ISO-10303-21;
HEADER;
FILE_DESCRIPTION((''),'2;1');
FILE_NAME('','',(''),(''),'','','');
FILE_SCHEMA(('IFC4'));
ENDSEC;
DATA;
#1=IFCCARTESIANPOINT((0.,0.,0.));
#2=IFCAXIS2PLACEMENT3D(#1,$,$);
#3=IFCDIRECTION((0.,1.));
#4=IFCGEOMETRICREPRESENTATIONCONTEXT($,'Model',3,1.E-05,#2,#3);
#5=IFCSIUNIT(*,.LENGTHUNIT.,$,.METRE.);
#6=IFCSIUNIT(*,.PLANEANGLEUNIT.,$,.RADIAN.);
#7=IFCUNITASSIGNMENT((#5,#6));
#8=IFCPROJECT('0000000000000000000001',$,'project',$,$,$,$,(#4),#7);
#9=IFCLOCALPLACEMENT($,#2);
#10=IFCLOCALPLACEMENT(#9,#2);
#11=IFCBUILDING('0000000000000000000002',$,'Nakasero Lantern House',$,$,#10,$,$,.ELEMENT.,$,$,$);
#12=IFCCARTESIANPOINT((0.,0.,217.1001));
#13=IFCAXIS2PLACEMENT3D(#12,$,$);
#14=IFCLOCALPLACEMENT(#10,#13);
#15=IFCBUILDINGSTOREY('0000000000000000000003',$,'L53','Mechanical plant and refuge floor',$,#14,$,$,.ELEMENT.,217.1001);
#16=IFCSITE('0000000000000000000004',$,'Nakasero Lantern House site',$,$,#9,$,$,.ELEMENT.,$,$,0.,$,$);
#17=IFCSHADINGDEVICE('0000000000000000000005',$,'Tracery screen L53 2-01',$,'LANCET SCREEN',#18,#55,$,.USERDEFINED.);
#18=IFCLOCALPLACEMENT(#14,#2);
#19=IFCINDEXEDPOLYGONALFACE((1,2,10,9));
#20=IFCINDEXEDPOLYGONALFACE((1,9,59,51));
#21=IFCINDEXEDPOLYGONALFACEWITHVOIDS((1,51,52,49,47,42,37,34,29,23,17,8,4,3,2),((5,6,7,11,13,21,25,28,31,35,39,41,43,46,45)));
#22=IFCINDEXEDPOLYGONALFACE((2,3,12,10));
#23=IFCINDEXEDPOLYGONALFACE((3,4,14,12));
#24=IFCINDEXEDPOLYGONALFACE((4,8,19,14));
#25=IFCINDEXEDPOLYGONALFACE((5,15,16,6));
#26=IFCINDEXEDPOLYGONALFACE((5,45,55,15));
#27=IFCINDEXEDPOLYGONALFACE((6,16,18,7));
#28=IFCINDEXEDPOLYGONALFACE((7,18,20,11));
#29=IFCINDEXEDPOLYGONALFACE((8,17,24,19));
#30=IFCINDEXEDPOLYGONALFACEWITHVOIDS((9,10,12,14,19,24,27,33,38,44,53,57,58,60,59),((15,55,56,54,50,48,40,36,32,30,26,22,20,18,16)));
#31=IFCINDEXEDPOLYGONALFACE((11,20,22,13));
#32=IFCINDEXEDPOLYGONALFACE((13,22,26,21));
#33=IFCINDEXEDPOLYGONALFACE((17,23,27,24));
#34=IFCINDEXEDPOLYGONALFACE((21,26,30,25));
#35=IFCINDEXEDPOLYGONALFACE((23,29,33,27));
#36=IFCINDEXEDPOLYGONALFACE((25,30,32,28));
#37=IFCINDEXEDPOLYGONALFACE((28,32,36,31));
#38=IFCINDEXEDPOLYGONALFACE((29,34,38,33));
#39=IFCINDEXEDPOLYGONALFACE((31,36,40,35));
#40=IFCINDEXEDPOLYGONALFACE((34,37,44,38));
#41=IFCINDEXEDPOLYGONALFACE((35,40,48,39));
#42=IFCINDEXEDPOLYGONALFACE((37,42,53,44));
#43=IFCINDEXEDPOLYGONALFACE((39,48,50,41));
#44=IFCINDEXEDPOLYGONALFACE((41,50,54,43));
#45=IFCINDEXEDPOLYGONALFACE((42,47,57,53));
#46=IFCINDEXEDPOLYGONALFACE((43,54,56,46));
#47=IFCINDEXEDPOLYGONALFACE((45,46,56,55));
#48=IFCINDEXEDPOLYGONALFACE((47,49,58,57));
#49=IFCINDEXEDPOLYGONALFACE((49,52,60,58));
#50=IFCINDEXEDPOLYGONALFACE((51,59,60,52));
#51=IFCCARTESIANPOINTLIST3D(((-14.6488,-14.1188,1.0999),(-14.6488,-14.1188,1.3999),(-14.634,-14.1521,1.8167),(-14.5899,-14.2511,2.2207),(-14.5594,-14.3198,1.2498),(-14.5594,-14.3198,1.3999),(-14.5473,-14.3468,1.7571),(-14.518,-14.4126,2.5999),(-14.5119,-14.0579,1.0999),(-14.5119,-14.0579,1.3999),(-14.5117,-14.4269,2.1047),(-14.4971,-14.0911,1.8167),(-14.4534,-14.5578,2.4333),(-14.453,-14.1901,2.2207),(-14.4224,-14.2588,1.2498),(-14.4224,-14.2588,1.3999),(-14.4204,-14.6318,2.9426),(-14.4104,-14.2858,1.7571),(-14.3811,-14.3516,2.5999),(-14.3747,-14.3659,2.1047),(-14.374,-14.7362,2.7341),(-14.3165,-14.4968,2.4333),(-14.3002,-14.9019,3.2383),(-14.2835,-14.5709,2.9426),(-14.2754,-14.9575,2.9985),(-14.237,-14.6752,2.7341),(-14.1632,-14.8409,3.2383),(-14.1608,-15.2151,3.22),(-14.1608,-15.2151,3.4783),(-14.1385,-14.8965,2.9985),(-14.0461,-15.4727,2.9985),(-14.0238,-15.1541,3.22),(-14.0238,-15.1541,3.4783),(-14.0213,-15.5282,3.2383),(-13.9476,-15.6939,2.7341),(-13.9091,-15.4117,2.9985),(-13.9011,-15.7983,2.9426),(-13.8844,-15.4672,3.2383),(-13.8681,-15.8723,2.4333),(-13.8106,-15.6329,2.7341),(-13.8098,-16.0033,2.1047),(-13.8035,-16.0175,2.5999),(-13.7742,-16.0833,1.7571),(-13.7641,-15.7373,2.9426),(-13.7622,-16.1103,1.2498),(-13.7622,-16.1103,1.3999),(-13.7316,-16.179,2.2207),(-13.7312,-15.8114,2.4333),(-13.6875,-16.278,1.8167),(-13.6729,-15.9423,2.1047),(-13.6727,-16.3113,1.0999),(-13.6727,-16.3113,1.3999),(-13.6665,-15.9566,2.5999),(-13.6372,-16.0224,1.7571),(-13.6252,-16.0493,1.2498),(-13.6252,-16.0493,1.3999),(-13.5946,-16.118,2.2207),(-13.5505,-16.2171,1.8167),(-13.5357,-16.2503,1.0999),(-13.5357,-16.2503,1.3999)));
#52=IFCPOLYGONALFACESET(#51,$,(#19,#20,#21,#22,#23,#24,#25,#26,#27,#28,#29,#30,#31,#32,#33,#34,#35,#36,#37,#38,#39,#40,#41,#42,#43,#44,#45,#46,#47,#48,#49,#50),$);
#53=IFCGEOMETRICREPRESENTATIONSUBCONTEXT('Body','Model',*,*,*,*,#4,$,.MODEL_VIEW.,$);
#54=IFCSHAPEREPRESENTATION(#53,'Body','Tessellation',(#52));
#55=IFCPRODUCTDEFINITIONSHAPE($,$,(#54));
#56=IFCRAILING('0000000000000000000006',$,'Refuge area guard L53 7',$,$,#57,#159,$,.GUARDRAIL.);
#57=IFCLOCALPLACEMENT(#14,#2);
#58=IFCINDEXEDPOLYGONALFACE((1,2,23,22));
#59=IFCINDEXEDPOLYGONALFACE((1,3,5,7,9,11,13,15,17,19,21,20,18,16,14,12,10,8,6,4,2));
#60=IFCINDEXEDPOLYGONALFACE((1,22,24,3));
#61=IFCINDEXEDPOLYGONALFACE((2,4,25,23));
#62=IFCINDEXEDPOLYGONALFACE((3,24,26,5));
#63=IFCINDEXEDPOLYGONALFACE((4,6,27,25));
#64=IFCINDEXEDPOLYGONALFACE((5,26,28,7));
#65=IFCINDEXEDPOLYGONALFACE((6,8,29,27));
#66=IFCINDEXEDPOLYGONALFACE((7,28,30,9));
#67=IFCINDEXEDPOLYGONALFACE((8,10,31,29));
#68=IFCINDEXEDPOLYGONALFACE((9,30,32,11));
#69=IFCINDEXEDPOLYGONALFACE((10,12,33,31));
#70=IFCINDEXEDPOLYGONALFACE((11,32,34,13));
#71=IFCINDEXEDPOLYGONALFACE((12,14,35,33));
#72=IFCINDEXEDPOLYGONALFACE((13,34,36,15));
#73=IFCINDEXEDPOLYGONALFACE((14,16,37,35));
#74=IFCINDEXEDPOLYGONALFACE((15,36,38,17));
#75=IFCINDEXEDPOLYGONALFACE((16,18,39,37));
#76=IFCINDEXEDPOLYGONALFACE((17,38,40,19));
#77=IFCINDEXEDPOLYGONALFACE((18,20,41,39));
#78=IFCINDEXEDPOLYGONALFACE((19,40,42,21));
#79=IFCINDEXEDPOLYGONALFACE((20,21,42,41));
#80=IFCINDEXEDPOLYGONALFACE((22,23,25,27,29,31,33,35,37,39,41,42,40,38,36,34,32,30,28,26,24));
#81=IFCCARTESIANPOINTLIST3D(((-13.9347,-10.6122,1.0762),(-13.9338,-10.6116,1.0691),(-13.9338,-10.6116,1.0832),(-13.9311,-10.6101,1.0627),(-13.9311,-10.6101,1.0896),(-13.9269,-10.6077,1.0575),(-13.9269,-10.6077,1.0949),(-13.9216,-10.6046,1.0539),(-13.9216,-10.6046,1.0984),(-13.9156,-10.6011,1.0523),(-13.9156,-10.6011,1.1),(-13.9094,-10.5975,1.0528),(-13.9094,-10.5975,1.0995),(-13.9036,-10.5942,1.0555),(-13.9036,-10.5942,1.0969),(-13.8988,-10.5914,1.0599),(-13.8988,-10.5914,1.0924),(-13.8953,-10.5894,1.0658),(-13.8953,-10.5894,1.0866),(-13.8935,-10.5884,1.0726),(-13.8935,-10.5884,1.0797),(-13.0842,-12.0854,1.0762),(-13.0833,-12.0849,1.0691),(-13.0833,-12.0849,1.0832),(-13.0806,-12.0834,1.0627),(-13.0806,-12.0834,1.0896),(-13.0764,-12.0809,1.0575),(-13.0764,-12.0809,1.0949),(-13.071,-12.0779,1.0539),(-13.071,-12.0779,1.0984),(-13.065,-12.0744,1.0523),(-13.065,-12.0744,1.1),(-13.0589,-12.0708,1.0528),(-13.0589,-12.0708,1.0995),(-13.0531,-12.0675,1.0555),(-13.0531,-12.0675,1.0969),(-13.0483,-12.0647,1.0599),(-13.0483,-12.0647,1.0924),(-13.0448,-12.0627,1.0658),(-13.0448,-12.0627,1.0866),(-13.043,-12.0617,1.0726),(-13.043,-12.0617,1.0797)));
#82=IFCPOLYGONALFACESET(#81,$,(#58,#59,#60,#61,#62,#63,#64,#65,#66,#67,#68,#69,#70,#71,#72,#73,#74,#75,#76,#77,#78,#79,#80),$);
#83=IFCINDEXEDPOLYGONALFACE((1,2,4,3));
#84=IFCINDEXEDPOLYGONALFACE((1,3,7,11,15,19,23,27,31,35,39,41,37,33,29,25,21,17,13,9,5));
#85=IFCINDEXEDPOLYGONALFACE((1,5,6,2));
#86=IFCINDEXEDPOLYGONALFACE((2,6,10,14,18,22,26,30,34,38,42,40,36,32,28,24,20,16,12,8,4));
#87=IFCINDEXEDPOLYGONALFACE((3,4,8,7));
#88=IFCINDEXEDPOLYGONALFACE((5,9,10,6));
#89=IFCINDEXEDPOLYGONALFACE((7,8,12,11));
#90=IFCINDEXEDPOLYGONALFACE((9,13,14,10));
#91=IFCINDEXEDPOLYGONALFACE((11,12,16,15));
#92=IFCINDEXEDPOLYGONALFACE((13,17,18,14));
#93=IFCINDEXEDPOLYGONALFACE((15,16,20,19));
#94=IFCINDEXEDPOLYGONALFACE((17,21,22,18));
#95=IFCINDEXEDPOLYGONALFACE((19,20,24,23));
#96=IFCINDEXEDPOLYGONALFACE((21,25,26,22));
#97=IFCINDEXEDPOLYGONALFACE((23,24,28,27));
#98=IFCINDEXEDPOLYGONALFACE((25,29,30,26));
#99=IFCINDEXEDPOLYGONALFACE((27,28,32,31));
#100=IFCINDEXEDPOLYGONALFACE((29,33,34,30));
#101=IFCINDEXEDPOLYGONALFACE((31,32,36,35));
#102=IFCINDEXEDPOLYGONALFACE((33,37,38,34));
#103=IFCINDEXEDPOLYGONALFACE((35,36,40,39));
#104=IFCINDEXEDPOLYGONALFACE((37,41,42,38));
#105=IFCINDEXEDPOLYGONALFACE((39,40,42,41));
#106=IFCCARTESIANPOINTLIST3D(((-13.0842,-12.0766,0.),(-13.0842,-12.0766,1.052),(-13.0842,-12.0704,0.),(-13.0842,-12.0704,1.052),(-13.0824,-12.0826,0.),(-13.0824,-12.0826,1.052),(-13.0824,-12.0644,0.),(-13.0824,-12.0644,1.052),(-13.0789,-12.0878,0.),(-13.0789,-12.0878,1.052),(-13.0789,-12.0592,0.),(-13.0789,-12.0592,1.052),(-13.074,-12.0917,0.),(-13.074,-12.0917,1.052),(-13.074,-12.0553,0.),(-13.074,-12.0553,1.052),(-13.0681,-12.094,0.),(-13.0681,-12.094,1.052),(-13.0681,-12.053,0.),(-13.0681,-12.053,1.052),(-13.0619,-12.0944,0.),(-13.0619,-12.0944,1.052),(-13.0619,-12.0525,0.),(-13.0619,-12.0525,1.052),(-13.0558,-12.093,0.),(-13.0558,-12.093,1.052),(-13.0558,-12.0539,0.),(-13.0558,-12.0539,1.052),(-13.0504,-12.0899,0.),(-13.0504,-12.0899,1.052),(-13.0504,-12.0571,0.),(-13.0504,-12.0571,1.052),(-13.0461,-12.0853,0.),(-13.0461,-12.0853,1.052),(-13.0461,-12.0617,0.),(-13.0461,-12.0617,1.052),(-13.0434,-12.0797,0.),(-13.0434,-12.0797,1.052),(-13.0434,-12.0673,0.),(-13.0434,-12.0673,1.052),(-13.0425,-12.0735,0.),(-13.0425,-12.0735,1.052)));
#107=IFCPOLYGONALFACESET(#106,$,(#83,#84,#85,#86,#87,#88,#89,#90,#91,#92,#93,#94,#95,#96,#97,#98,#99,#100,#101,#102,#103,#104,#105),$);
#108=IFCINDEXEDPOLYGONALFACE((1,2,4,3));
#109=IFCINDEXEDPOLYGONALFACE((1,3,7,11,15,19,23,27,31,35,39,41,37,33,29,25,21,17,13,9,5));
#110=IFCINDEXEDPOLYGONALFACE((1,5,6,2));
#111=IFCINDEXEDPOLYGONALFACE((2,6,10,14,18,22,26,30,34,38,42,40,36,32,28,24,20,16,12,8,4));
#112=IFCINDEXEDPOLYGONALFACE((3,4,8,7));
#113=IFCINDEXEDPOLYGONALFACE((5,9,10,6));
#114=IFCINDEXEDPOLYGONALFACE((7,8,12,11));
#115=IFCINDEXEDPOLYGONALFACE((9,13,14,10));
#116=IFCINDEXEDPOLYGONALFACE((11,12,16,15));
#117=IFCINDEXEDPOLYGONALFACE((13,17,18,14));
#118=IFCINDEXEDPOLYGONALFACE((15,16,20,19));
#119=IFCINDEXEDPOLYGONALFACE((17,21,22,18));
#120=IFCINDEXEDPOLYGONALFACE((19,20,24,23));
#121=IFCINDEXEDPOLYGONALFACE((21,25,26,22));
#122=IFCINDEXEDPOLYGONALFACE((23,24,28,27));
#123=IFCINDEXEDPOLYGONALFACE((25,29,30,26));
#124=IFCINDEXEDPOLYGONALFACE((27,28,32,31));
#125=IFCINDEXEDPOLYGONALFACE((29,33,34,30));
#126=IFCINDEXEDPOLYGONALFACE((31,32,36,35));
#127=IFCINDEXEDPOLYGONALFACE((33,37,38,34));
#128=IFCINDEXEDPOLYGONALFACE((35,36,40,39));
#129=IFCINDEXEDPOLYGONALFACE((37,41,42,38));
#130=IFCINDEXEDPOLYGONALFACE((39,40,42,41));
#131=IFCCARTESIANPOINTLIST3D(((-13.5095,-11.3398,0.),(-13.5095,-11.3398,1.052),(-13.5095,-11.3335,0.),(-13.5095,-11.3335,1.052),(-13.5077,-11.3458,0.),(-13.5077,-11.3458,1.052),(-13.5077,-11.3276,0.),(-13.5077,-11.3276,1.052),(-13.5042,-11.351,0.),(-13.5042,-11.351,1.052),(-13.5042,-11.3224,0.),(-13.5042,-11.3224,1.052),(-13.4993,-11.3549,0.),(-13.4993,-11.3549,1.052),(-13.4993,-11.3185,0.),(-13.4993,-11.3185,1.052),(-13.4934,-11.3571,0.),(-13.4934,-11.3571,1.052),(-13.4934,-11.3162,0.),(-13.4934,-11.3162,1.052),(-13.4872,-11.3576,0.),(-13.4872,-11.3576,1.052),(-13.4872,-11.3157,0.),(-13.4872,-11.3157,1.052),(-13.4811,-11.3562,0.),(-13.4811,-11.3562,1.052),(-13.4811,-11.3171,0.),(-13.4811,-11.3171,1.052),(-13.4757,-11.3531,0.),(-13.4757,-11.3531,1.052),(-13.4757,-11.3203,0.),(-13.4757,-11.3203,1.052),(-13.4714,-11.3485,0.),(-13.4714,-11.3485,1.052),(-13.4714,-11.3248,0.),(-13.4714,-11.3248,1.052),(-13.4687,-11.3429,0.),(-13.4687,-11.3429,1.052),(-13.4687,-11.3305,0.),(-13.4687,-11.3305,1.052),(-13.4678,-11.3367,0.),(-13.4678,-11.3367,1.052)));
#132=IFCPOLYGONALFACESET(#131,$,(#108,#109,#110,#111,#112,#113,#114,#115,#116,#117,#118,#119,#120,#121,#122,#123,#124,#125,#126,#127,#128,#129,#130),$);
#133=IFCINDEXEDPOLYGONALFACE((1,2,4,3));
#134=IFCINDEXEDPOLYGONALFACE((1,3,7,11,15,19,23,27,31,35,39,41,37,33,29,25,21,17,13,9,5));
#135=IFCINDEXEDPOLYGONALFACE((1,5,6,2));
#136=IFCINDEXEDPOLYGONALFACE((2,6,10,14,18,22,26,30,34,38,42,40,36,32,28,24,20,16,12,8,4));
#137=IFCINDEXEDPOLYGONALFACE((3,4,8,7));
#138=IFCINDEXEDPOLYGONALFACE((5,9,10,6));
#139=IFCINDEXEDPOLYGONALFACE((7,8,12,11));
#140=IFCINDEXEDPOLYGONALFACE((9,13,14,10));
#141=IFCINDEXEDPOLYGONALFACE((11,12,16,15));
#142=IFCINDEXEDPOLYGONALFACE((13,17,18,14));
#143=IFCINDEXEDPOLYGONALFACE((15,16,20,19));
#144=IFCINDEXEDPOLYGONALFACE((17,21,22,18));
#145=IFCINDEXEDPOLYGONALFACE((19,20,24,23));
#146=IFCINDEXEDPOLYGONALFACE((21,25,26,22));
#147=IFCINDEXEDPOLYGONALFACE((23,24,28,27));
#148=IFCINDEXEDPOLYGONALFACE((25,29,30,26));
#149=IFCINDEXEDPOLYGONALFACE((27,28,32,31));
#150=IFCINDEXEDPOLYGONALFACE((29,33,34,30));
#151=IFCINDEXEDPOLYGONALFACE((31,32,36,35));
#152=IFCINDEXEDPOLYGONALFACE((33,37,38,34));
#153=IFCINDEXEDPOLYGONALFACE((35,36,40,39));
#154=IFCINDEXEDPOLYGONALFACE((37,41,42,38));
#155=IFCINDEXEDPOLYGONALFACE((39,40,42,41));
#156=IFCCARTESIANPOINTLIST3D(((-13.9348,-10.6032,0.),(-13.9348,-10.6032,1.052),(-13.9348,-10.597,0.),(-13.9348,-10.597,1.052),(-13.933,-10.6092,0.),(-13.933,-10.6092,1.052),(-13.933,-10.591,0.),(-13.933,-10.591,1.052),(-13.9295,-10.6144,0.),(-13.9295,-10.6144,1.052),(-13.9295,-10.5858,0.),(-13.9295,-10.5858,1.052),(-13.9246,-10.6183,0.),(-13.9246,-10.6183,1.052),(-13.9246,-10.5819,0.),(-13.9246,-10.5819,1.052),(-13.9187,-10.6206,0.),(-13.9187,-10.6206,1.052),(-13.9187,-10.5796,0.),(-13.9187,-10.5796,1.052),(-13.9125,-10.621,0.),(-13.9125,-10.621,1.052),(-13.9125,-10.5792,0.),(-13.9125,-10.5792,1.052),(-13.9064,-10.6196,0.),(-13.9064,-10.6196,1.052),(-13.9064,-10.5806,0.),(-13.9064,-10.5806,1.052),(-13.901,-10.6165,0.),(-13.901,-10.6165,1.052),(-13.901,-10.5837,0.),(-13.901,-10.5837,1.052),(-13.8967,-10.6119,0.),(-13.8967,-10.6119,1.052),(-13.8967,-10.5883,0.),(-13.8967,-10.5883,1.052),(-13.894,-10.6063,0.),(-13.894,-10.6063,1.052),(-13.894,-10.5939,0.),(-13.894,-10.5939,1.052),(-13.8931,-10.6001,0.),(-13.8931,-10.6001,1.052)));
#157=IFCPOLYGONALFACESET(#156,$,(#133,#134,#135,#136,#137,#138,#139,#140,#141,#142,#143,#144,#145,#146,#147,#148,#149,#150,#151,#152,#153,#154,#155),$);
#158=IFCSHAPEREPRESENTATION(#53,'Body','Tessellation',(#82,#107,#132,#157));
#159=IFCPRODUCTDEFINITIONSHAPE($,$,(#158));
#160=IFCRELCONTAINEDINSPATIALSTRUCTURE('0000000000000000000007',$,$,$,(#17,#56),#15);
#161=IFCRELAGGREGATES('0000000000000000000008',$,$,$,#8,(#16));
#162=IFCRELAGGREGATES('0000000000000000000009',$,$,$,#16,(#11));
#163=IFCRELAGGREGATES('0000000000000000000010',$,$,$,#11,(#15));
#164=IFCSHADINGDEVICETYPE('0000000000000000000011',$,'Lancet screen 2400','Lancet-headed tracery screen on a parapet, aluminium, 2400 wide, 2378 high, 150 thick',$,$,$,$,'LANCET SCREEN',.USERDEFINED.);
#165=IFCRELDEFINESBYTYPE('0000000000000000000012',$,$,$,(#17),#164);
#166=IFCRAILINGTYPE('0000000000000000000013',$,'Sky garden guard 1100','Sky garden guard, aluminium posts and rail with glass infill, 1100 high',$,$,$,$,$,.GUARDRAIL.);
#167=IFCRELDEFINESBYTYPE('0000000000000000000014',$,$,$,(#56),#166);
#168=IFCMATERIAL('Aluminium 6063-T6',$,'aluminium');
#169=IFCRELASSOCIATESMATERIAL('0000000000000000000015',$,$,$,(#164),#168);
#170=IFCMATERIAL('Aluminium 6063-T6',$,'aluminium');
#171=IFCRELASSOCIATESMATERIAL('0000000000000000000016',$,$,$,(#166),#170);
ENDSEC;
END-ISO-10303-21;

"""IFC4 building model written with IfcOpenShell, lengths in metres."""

from ifc_helpers import new_model, si_unit, direction, frame, origin, origin_2d, place, context, subcontext, project, spatial, polyline, circle, outline, extrude, material, type_object, element, save


model = new_model("IFC4")

# Units and contexts
model_context = context("Model", 3, precision=1e-05, world=origin(), true_north=direction((0.0, 1.0)))
body_context = subcontext(model_context, "Body", "Model", "MODEL_VIEW")
ifc_project = project(units=[si_unit("LENGTHUNIT", "METRE"), si_unit("PLANEANGLEUNIT", "RADIAN")], contexts=[model_context])

# Site, building, storey
site_placement = place(None, origin())
site = spatial("IfcSite", under=ifc_project, at=site_placement, Name="Nakasero Lantern House site", CompositionType="ELEMENT", RefElevation=0.0)
building_placement = place(site_placement, origin())
building = spatial("IfcBuilding", under=site, at=building_placement, Name="Nakasero Lantern House", CompositionType="ELEMENT")
storey_placement = place(building_placement, frame((0.0, 0.0, 217.1001)))
storey = spatial("IfcBuildingStorey", under=building, at=storey_placement, Name="L53", Description="Mechanical plant and refuge floor", CompositionType="ELEMENT", Elevation=217.1001)

# Shading device
ifc_material_1 = material(Name="Aluminium 6063-T6", Category="aluminium")
shading_device_type = type_object("IfcShadingDeviceType", Name="Lancet screen 2400", Description="Lancet-headed tracery screen on a parapet, aluminium, 2400 wide, 2378 high, 150 thick", ElementType="LANCET SCREEN", PredefinedType="USERDEFINED", material=ifc_material_1)
shading_device_placement = place(storey_placement, frame((-14.0923, -15.1846, 1.0999), z_axis=(0.0, 0.0, 1.0), x_axis=(0.406737, -0.913545, 0.0)))
element("IfcShadingDevice", 1, at=shading_device_placement, inside=storey, type_object=shading_device_type, Name="Tracery screen L53 2-01", ObjectType="LANCET SCREEN", PredefinedType="USERDEFINED", context=body_context, shape_type="SweptSolid", body=[
    extrude(outline(polyline([(-1.2, 0.0), (1.2, 0.0), (1.2, 0.3), (1.1636, 0.7168), (1.0552, 1.1208), (0.8784, 1.5), (0.6384, 1.8428), (0.3428, 2.1384), (0.0, 2.3784), (-0.3428, 2.1384), (-0.6384, 1.8428), (-0.8784, 1.5), (-1.0552, 1.1208), (-1.1636, 0.7168), (-1.2, 0.3), (-1.2, 0.0)]), holes=[polyline([(-0.98, 0.1499), (0.98, 0.1499), (0.98, 0.3), (0.9504, 0.6572), (0.8628, 1.0049), (0.7195, 1.3335), (0.5242, 1.6343), (0.282, 1.8987), (0.0, 2.1201), (-0.282, 1.8987), (-0.5242, 1.6343), (-0.7195, 1.3335), (-0.8628, 1.0049), (-0.9504, 0.6572), (-0.98, 0.3), (-0.98, 0.1499)])]), frame((0.0, 0.075, 0.0), z_axis=(0.0, -1.0, 0.0), x_axis=(1.0, 0.0, 0.0)), (0.0, 0.0, 1.0), 0.1499),
])

# Railing
ifc_material_2 = material(Name="Aluminium 6063-T6", Category="aluminium")
railing_type = type_object("IfcRailingType", Name="Sky garden guard 1100", Description="Sky garden guard, aluminium posts and rail with glass infill, 1100 high", PredefinedType="GUARDRAIL", material=ifc_material_2)
railing_1_placement = place(storey_placement, frame((-13.0635, -12.0735, 0.0)))
element("IfcRailing", 2, at=railing_1_placement, inside=storey, type_object=railing_type, Name="Refuge area guard L53 7", PredefinedType="GUARDRAIL", context=body_context, shape_type="SweptSolid", body=[
    extrude(circle(Radius=0.0239, at=origin_2d()), frame((0.0, 0.0, 1.0762), z_axis=(-0.499967, 0.866045, 0.0), x_axis=(-0.866045, -0.499967, 0.0)), (0.0, 0.0, 1.0), 1.7012),
    extrude(circle(Radius=0.021, at=origin_2d()), origin(), (0.0, 0.0, 1.0), 1.052),
    extrude(circle(Radius=0.021, at=origin_2d()), frame((-0.4253, 0.7368, 0.0)), (0.0, 0.0, 1.0), 1.052),
    extrude(circle(Radius=0.021, at=origin_2d()), frame((-0.8506, 1.4734, 0.0)), (0.0, 0.0, 1.0), 1.052),
])

save(model, "model.ifc")
